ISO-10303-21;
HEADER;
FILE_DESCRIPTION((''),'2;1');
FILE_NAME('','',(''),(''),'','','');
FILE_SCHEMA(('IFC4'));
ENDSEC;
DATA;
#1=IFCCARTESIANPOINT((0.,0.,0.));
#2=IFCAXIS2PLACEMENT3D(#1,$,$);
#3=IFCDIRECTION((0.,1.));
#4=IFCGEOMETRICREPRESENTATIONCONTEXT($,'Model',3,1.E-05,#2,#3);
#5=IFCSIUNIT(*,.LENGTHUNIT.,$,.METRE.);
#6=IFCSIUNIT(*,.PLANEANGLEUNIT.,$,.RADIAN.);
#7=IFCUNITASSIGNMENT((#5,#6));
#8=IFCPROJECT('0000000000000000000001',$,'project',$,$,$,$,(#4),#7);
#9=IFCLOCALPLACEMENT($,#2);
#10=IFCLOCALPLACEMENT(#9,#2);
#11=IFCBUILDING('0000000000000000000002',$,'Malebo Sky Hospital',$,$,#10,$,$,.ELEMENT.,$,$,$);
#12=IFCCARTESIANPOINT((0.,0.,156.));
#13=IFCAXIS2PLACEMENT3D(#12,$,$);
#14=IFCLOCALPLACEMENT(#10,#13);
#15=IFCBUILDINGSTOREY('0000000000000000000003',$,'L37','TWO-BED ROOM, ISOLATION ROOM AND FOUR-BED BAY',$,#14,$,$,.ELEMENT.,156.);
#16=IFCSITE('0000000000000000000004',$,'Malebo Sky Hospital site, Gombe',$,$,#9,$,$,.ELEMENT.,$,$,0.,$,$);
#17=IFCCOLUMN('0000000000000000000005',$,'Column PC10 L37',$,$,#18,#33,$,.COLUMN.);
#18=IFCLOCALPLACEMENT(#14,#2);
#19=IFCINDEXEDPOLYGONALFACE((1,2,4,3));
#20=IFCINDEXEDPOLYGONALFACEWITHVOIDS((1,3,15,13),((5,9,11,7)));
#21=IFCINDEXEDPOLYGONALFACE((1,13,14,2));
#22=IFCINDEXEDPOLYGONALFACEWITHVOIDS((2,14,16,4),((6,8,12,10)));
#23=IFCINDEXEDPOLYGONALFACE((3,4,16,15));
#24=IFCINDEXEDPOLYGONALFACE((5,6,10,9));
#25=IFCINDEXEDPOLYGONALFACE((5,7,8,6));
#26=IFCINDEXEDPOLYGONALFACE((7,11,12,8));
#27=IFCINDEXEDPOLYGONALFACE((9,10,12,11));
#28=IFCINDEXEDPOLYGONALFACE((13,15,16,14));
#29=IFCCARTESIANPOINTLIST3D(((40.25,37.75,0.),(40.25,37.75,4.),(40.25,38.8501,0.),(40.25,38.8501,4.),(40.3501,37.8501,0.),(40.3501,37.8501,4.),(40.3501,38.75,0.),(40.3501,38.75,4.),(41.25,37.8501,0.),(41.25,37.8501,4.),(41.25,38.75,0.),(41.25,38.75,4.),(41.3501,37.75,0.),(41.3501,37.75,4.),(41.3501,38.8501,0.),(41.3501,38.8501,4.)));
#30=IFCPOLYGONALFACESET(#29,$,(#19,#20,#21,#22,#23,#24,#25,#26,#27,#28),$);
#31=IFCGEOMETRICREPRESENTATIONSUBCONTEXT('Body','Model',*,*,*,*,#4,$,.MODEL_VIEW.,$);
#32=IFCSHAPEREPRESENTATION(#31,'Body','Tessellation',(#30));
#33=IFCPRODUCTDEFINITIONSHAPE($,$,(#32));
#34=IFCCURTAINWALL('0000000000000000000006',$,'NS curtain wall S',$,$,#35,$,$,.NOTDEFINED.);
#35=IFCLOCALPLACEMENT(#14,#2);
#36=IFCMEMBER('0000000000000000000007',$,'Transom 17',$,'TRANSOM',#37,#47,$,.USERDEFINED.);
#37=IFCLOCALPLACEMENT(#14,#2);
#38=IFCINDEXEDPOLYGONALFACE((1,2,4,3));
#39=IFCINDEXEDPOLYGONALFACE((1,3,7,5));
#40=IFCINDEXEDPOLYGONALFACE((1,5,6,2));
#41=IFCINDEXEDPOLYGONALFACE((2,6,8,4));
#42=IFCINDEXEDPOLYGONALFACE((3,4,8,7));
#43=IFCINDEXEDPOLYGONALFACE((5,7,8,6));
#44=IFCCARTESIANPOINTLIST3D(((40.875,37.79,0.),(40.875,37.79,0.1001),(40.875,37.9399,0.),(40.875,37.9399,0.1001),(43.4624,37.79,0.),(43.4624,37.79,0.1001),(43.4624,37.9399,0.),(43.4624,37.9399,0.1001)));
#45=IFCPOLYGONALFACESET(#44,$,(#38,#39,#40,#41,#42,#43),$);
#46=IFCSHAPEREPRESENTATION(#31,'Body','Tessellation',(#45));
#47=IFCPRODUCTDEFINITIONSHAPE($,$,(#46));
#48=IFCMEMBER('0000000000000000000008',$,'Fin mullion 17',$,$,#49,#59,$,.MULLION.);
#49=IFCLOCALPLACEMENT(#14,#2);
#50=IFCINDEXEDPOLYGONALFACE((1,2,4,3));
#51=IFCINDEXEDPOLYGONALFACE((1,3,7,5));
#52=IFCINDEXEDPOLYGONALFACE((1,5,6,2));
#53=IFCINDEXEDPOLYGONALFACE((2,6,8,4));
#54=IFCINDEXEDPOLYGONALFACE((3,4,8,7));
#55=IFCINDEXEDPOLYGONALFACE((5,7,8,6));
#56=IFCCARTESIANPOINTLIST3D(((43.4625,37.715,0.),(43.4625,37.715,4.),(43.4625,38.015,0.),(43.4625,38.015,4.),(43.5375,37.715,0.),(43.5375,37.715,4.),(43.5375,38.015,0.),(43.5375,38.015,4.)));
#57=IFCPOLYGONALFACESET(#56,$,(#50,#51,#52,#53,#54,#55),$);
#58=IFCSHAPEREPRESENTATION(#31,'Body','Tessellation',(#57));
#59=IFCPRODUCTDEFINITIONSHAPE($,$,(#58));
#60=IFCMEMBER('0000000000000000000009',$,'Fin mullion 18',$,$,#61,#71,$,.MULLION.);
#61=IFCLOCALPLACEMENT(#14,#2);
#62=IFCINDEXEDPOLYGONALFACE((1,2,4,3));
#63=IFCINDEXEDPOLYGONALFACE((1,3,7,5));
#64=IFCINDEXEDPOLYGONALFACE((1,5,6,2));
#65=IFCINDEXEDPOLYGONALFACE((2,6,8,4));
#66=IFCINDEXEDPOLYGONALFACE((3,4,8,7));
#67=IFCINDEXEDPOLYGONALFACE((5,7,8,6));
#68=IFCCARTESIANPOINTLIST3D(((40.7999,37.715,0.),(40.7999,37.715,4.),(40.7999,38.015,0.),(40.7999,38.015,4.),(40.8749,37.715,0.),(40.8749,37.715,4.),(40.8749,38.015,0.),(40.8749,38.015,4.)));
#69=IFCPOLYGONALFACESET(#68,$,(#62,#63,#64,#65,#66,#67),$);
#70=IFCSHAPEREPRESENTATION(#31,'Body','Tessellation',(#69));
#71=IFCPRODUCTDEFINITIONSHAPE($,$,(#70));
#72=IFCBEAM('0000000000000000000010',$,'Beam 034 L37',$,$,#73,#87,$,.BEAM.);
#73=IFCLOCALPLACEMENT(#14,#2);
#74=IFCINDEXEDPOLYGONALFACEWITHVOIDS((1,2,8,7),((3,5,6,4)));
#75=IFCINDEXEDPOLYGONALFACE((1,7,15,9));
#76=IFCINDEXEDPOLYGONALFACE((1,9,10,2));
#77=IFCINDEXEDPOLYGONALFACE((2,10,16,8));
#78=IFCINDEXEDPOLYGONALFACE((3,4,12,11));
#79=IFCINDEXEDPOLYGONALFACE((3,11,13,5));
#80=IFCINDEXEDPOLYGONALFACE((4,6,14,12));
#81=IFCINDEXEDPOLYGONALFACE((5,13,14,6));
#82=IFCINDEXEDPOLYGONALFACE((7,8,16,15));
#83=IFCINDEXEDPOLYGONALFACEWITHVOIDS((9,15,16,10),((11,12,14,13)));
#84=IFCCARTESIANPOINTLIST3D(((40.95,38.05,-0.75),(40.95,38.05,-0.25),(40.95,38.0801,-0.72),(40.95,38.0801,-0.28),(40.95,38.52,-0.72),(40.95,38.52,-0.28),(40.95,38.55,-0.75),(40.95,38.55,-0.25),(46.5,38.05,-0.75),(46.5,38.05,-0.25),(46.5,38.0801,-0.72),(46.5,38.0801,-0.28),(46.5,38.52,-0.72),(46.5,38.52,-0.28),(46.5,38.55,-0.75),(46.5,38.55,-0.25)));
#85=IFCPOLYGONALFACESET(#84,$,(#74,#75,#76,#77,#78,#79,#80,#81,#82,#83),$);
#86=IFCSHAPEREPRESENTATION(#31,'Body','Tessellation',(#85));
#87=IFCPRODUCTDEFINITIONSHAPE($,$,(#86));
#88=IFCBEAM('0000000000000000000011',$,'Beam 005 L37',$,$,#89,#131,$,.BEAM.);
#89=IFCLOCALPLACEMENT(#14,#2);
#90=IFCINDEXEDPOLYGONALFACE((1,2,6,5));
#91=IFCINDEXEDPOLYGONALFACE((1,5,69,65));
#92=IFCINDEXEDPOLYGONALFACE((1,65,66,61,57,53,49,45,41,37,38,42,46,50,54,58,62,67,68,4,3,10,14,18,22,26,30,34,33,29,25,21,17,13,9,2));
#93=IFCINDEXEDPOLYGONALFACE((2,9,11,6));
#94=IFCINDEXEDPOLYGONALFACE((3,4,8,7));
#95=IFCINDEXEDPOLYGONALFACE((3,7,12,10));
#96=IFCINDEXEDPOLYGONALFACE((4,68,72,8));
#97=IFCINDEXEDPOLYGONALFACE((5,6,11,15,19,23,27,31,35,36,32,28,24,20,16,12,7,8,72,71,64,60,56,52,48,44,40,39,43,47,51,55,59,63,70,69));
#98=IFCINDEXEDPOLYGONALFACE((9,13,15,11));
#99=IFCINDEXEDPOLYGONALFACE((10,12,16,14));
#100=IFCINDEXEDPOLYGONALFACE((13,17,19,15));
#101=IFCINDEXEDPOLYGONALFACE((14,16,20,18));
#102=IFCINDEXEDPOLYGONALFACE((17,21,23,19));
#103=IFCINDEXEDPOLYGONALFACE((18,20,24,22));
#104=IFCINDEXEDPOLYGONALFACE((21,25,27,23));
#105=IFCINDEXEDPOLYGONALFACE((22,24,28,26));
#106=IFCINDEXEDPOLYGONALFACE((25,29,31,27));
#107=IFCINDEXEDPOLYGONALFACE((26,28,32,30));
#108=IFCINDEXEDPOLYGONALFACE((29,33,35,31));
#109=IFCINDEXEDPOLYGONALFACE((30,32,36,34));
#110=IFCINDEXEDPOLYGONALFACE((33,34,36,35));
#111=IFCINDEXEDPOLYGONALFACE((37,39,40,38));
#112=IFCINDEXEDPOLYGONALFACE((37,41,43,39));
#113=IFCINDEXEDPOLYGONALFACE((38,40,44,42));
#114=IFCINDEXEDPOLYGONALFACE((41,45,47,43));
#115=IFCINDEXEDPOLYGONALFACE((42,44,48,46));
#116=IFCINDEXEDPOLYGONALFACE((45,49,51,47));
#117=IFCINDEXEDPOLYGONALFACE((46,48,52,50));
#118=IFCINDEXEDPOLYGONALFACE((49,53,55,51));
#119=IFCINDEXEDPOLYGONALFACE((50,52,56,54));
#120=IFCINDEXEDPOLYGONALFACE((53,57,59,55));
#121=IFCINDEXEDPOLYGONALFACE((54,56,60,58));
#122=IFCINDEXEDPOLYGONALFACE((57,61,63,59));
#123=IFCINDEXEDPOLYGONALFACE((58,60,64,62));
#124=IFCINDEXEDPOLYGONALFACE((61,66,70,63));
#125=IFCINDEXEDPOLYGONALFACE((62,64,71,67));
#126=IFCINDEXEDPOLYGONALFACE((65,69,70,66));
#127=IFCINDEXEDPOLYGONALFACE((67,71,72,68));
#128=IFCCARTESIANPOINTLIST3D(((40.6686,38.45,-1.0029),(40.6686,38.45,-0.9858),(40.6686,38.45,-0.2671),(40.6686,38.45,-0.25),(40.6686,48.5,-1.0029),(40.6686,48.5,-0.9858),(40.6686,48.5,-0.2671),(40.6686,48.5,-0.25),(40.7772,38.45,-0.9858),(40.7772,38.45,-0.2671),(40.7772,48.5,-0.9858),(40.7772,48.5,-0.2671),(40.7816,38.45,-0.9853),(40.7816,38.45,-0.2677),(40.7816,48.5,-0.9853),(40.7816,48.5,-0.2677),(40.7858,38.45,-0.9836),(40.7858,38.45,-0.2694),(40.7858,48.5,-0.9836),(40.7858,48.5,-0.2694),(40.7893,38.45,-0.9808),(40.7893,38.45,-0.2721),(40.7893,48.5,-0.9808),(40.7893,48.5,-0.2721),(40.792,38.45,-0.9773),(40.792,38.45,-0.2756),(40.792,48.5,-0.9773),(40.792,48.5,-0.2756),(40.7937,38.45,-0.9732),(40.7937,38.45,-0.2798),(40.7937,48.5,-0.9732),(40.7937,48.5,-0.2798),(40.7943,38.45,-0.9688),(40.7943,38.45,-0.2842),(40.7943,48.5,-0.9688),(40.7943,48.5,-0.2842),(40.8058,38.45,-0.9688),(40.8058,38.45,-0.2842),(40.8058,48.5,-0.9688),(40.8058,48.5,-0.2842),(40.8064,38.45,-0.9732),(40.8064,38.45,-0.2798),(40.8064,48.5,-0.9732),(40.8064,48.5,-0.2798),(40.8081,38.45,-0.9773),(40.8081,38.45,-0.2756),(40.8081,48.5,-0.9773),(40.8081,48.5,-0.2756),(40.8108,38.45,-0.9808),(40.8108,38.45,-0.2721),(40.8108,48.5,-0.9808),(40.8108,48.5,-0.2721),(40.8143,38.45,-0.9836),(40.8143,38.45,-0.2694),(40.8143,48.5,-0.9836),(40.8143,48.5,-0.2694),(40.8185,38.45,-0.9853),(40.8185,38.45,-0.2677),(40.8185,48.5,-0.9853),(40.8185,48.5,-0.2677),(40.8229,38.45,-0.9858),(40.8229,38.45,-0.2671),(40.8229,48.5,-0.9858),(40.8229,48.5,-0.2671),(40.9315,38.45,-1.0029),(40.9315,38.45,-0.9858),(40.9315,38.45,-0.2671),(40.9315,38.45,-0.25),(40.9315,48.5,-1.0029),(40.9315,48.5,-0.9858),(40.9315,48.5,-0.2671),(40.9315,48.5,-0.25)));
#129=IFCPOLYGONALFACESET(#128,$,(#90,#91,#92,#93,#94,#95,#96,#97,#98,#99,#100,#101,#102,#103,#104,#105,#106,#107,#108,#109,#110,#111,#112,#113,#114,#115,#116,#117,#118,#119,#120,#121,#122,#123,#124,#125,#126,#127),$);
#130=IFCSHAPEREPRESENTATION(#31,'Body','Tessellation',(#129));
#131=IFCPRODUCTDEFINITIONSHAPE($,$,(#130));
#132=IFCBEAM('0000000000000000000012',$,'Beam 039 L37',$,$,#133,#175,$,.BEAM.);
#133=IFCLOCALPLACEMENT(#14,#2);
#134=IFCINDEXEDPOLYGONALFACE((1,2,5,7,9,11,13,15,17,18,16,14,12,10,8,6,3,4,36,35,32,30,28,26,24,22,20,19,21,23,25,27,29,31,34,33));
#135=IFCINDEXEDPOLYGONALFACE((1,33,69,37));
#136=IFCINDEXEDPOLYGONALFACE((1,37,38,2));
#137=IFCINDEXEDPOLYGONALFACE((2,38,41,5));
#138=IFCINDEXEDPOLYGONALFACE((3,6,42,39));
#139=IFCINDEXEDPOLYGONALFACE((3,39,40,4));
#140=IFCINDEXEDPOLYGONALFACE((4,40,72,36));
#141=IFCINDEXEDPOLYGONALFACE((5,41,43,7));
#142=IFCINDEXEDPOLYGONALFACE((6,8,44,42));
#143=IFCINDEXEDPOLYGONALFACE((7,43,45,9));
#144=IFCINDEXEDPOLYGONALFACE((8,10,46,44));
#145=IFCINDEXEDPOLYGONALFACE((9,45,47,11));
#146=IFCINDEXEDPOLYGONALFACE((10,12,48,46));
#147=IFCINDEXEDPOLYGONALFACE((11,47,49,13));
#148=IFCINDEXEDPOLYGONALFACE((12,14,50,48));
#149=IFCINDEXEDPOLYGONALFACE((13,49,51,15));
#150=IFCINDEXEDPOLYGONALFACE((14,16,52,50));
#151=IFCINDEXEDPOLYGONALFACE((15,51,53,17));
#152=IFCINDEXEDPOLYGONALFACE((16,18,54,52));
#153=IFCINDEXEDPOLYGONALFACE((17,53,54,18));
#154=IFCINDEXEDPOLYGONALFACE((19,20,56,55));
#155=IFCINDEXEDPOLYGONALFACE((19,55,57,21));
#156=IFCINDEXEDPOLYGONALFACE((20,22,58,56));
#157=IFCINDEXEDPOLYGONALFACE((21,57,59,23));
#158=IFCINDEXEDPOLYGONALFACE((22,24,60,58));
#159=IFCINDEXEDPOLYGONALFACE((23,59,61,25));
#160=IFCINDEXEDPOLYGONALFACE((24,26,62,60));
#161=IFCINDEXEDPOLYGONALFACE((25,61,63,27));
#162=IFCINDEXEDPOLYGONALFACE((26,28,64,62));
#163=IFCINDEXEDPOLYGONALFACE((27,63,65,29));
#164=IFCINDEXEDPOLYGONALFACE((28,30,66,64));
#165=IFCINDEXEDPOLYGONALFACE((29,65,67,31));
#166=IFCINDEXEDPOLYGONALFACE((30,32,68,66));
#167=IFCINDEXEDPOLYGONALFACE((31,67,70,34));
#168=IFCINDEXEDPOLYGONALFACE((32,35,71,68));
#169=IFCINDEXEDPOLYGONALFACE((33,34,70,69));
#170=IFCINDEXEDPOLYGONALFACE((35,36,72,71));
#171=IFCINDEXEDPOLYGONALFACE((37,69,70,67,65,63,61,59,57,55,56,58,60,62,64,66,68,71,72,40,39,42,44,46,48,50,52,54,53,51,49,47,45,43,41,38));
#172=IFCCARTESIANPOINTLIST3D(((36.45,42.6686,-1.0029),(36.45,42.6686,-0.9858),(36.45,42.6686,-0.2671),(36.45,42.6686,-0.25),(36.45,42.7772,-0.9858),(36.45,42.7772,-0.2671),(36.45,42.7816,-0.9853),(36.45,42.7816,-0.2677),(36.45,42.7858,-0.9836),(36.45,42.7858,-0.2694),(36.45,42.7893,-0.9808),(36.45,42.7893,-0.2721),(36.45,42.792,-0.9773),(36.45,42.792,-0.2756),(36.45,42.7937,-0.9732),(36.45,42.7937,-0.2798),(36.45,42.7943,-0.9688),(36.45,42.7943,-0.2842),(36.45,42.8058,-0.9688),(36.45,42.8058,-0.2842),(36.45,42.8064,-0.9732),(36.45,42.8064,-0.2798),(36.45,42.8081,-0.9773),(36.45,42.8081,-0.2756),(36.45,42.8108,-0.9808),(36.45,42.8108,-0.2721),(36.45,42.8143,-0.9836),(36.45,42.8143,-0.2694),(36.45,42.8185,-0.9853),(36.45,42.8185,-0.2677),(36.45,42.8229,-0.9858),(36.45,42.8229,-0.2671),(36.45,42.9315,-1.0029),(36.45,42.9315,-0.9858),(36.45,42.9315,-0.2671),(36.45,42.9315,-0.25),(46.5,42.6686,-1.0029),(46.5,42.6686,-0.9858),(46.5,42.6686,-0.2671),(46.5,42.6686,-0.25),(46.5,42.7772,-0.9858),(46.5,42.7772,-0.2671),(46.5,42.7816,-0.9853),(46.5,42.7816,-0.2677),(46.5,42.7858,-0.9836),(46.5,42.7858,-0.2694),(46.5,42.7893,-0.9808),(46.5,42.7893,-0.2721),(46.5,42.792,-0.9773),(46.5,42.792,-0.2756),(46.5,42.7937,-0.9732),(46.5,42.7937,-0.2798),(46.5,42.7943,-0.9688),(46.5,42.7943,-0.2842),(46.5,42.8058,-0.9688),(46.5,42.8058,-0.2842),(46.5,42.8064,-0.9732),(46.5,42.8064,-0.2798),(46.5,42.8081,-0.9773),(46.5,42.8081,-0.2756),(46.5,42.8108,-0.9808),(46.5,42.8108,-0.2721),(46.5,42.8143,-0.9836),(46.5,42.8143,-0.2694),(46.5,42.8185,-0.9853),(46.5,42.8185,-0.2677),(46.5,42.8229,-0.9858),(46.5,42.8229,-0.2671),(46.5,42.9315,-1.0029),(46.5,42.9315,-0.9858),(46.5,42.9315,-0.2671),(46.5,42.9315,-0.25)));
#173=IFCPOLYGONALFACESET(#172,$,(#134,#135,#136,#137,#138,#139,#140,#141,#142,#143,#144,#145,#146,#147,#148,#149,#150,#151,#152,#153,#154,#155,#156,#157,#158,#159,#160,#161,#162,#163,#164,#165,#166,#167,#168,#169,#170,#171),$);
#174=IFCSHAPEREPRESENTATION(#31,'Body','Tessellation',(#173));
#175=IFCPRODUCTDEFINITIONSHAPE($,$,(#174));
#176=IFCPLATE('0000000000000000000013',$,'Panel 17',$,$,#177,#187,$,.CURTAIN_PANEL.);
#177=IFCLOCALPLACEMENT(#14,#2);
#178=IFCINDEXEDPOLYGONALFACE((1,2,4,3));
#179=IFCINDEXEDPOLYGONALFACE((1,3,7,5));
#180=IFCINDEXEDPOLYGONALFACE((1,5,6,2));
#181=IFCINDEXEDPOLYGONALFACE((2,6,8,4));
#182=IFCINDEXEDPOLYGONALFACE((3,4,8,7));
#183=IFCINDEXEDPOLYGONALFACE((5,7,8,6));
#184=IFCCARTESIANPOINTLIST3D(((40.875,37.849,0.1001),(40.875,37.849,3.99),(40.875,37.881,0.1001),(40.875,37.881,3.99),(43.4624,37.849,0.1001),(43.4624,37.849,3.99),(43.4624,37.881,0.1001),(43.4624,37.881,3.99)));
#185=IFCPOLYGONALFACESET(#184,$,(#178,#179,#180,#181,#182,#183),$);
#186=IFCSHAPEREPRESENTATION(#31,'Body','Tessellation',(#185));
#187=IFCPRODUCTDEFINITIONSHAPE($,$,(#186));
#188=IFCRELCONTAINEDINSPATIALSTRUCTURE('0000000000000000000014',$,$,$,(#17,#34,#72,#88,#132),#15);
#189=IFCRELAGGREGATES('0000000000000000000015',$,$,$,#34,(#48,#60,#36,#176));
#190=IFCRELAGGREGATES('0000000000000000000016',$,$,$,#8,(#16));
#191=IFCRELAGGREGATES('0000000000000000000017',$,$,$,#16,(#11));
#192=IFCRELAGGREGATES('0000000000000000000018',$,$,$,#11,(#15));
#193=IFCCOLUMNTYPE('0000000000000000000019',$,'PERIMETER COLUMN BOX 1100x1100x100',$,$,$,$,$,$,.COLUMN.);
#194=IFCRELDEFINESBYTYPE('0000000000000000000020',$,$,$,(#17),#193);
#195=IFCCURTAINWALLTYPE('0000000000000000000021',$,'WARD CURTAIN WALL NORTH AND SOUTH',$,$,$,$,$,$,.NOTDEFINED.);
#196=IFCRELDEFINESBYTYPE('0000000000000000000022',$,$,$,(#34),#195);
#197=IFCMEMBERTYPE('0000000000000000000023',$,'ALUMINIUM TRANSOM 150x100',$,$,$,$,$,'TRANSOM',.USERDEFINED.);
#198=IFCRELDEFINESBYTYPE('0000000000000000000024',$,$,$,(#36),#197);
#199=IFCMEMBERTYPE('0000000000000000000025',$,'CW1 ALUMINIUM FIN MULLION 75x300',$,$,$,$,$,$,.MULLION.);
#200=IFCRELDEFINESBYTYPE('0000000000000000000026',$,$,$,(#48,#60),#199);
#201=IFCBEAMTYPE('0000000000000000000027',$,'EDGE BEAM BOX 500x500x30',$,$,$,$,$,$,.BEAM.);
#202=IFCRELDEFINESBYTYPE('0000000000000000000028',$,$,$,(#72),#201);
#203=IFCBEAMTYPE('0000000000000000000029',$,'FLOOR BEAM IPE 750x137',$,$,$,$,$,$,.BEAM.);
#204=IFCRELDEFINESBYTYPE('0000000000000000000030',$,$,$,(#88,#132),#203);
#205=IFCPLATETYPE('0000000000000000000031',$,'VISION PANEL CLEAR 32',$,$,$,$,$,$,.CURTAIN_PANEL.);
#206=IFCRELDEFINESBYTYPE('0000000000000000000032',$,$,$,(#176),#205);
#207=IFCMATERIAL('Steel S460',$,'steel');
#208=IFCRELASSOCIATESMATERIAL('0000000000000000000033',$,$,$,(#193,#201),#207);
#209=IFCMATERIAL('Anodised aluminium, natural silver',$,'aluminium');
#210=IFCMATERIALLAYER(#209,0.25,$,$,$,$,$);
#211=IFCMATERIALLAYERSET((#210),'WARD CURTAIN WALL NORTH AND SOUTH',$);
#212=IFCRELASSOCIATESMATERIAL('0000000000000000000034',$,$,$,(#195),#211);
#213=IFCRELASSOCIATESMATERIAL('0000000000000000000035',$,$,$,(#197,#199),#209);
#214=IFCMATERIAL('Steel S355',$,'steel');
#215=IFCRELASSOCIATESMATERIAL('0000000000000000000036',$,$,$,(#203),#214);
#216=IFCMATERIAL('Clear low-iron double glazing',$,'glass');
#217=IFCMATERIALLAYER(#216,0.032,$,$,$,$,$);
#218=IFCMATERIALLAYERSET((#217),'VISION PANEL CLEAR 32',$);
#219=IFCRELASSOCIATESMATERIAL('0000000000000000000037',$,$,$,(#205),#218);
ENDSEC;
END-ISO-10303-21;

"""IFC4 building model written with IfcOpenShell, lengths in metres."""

from ifc_helpers import new_model, si_unit, direction, frame, origin, origin_2d, place, context, subcontext, project, spatial, rectangle, hollow_rectangle, i_section, extrude, material, layer, layer_set, material_profile, profile_set, type_object, element, aggregate, save


model = new_model("IFC4")

# Units and contexts
model_context = context("Model", 3, precision=1e-05, world=origin(), true_north=direction((0.0, 1.0)))
body_context = subcontext(model_context, "Body", "Model", "MODEL_VIEW")
ifc_project = project(units=[si_unit("LENGTHUNIT", "METRE"), si_unit("PLANEANGLEUNIT", "RADIAN")], contexts=[model_context])

# Site, building, storey
site_placement = place(None, origin())
site = spatial("IfcSite", under=ifc_project, at=site_placement, Name="Malebo Sky Hospital site, Gombe", CompositionType="ELEMENT", RefElevation=0.0)
building_placement = place(site_placement, origin())
building = spatial("IfcBuilding", under=site, at=building_placement, Name="Malebo Sky Hospital", CompositionType="ELEMENT")
storey_placement = place(building_placement, frame((0.0, 0.0, 156.0)))
storey = spatial("IfcBuildingStorey", under=building, at=storey_placement, Name="L37", Description="TWO-BED ROOM, ISOLATION ROOM AND FOUR-BED BAY", CompositionType="ELEMENT", Elevation=156.0)

# Column
ifc_material_1 = material(Name="Steel S460", Category="steel")
ifc_material_profile_1 = material_profile(ifc_material_1, hollow_rectangle(XDim=1.1001, YDim=1.1001, WallThickness=0.1001, at=origin_2d()), Name="BOX 1100x1100x100")
ifc_profile_set_1 = profile_set([ifc_material_profile_1], Name="Steel S460")
column_type = type_object("IfcColumnType", Name="PERIMETER COLUMN BOX 1100x1100x100", PredefinedType="COLUMN", material=ifc_profile_set_1)
column_placement = place(storey_placement, frame((40.8, 38.3, 0.0), z_axis=(0.0, 0.0, 1.0), x_axis=(1.0, 0.0, 0.0)))
element("IfcColumn", 1, at=column_placement, inside=storey, type_object=column_type, Name="Column PC10 L37", PredefinedType="COLUMN", context=body_context, shape_type="SweptSolid", body=[
    extrude(hollow_rectangle(XDim=1.1001, YDim=1.1001, WallThickness=0.1001, at=origin_2d()), origin(), (0.0, 0.0, 1.0), 4.0),
])

# Curtain wall, members
ifc_material_2 = material(Name="Anodised aluminium, natural silver", Category="aluminium")
ifc_layer_1 = layer(ifc_material_2, 0.25)
ifc_layer_set_1 = layer_set([ifc_layer_1], Name="WARD CURTAIN WALL NORTH AND SOUTH")
curtain_wall_type = type_object("IfcCurtainWallType", Name="WARD CURTAIN WALL NORTH AND SOUTH", PredefinedType="NOTDEFINED", material=ifc_layer_set_1)
curtain_wall_placement = place(storey_placement, origin())
curtain_wall = element("IfcCurtainWall", 2, at=curtain_wall_placement, inside=storey, type_object=curtain_wall_type, Name="NS curtain wall S", PredefinedType="NOTDEFINED")
ifc_material_profile_2 = material_profile(ifc_material_2, rectangle(XDim=0.1499, YDim=0.1001, at=origin_2d()), Name="ALUMINIUM TRANSOM 150x100")
ifc_profile_set_2 = profile_set([ifc_material_profile_2], Name="Anodised aluminium, natural silver")
member_type_1 = type_object("IfcMemberType", Name="ALUMINIUM TRANSOM 150x100", ElementType="TRANSOM", PredefinedType="USERDEFINED", material=ifc_profile_set_2)
member_1_placement = place(storey_placement, frame((43.4624, 37.865, 0.05), z_axis=(-1.0, 0.0, 0.0), x_axis=(0.0, -1.0, 0.0)))
member_1 = element("IfcMember", 3, at=member_1_placement, type_object=member_type_1, Name="Transom 17", ObjectType="TRANSOM", PredefinedType="USERDEFINED", context=body_context, shape_type="SweptSolid", body=[
    extrude(rectangle(XDim=0.1499, YDim=0.1001, at=origin_2d()), origin(), (0.0, 0.0, 1.0), 2.5874),
])
ifc_material_profile_3 = material_profile(ifc_material_2, rectangle(XDim=0.075, YDim=0.3, at=origin_2d()), Name="CW1 ALUMINIUM FIN MULLION 75x300")
ifc_profile_set_3 = profile_set([ifc_material_profile_3], Name="Anodised aluminium, natural silver")
member_type_2 = type_object("IfcMemberType", Name="CW1 ALUMINIUM FIN MULLION 75x300", PredefinedType="MULLION", material=ifc_profile_set_3)
member_2_placement = place(storey_placement, frame((43.5, 37.865, 0.0), z_axis=(0.0, 0.0, 1.0), x_axis=(-1.0, 0.0, 0.0)))
member_2 = element("IfcMember", 4, at=member_2_placement, type_object=member_type_2, Name="Fin mullion 17", PredefinedType="MULLION", context=body_context, shape_type="SweptSolid", body=[
    extrude(rectangle(XDim=0.075, YDim=0.3, at=origin_2d()), origin(), (0.0, 0.0, 1.0), 4.0),
])
member_3_placement = place(storey_placement, frame((40.8374, 37.865, 0.0), z_axis=(0.0, 0.0, 1.0), x_axis=(-1.0, 0.0, 0.0)))
member_3 = element("IfcMember", 5, at=member_3_placement, type_object=member_type_2, Name="Fin mullion 18", PredefinedType="MULLION", context=body_context, shape_type="SweptSolid", body=[
    extrude(rectangle(XDim=0.075, YDim=0.3, at=origin_2d()), origin(), (0.0, 0.0, 1.0), 4.0),
])

# Beams
ifc_material_profile_4 = material_profile(ifc_material_1, hollow_rectangle(XDim=0.5, YDim=0.5, WallThickness=0.03, at=origin_2d()), Name="BOX 500x500x30")
ifc_profile_set_4 = profile_set([ifc_material_profile_4], Name="Steel S460")
beam_type_1 = type_object("IfcBeamType", Name="EDGE BEAM BOX 500x500x30", PredefinedType="BEAM", material=ifc_profile_set_4)
beam_placement = place(storey_placement, frame((40.95, 38.3, -0.5), z_axis=(1.0, 0.0, 0.0), x_axis=(0.0, 1.0, 0.0)))
element("IfcBeam", 6, at=beam_placement, inside=storey, type_object=beam_type_1, Name="Beam 034 L37", PredefinedType="BEAM", context=body_context, shape_type="SweptSolid", body=[
    extrude(hollow_rectangle(XDim=0.5, YDim=0.5, WallThickness=0.03, at=origin_2d()), origin(), (0.0, 0.0, 1.0), 5.55),
])
ifc_material_3 = material(Name="Steel S355", Category="steel")
ifc_material_profile_5 = material_profile(ifc_material_3, i_section(OverallWidth=0.2629, OverallDepth=0.7529, WebThickness=0.0115, FlangeThickness=0.0171, FilletRadius=0.0171, at=origin_2d()), Name="IPE 750x137")
ifc_profile_set_5 = profile_set([ifc_material_profile_5], Name="Steel S355")
beam_type_2 = type_object("IfcBeamType", Name="FLOOR BEAM IPE 750x137", PredefinedType="BEAM", material=ifc_profile_set_5)
for number, where, z_axis, x_axis, name in (
    (7, (40.8, 38.45, -0.6265), (0.0, 1.0, 0.0), (-1.0, 0.0, 0.0), "Beam 005 L37"),
    (8, (36.45, 42.8, -0.6265), (1.0, 0.0, 0.0), (0.0, 1.0, 0.0), "Beam 039 L37"),
):
    element("IfcBeam", number, at=place(storey_placement, frame(where, z_axis=z_axis, x_axis=x_axis)), inside=storey, type_object=beam_type_2, Name=name, PredefinedType="BEAM", context=body_context, shape_type="SweptSolid", body=[
        extrude(i_section(OverallWidth=0.2629, OverallDepth=0.7529, WebThickness=0.0115, FlangeThickness=0.0171, FilletRadius=0.0171, at=origin_2d()), origin(), (0.0, 0.0, 1.0), 10.05),
    ])

# Plate
ifc_material_4 = material(Name="Clear low-iron double glazing", Category="glass")
ifc_layer_2 = layer(ifc_material_4, 0.032)
ifc_layer_set_2 = layer_set([ifc_layer_2], Name="VISION PANEL CLEAR 32")
plate_type = type_object("IfcPlateType", Name="VISION PANEL CLEAR 32", PredefinedType="CURTAIN_PANEL", material=ifc_layer_set_2)
plate_placement = place(storey_placement, frame((42.1687, 37.865, 0.1001), z_axis=(0.0, 0.0, 1.0), x_axis=(-1.0, 0.0, 0.0)))
plate = element("IfcPlate", 9, at=plate_placement, type_object=plate_type, Name="Panel 17", PredefinedType="CURTAIN_PANEL", context=body_context, shape_type="SweptSolid", body=[
    extrude(rectangle(XDim=2.5874, YDim=0.032, at=origin_2d()), origin(), (0.0, 0.0, 1.0), 3.8899),
])
aggregate(curtain_wall, [member_2, member_3, member_1, plate])

save(model, "model.ifc")
